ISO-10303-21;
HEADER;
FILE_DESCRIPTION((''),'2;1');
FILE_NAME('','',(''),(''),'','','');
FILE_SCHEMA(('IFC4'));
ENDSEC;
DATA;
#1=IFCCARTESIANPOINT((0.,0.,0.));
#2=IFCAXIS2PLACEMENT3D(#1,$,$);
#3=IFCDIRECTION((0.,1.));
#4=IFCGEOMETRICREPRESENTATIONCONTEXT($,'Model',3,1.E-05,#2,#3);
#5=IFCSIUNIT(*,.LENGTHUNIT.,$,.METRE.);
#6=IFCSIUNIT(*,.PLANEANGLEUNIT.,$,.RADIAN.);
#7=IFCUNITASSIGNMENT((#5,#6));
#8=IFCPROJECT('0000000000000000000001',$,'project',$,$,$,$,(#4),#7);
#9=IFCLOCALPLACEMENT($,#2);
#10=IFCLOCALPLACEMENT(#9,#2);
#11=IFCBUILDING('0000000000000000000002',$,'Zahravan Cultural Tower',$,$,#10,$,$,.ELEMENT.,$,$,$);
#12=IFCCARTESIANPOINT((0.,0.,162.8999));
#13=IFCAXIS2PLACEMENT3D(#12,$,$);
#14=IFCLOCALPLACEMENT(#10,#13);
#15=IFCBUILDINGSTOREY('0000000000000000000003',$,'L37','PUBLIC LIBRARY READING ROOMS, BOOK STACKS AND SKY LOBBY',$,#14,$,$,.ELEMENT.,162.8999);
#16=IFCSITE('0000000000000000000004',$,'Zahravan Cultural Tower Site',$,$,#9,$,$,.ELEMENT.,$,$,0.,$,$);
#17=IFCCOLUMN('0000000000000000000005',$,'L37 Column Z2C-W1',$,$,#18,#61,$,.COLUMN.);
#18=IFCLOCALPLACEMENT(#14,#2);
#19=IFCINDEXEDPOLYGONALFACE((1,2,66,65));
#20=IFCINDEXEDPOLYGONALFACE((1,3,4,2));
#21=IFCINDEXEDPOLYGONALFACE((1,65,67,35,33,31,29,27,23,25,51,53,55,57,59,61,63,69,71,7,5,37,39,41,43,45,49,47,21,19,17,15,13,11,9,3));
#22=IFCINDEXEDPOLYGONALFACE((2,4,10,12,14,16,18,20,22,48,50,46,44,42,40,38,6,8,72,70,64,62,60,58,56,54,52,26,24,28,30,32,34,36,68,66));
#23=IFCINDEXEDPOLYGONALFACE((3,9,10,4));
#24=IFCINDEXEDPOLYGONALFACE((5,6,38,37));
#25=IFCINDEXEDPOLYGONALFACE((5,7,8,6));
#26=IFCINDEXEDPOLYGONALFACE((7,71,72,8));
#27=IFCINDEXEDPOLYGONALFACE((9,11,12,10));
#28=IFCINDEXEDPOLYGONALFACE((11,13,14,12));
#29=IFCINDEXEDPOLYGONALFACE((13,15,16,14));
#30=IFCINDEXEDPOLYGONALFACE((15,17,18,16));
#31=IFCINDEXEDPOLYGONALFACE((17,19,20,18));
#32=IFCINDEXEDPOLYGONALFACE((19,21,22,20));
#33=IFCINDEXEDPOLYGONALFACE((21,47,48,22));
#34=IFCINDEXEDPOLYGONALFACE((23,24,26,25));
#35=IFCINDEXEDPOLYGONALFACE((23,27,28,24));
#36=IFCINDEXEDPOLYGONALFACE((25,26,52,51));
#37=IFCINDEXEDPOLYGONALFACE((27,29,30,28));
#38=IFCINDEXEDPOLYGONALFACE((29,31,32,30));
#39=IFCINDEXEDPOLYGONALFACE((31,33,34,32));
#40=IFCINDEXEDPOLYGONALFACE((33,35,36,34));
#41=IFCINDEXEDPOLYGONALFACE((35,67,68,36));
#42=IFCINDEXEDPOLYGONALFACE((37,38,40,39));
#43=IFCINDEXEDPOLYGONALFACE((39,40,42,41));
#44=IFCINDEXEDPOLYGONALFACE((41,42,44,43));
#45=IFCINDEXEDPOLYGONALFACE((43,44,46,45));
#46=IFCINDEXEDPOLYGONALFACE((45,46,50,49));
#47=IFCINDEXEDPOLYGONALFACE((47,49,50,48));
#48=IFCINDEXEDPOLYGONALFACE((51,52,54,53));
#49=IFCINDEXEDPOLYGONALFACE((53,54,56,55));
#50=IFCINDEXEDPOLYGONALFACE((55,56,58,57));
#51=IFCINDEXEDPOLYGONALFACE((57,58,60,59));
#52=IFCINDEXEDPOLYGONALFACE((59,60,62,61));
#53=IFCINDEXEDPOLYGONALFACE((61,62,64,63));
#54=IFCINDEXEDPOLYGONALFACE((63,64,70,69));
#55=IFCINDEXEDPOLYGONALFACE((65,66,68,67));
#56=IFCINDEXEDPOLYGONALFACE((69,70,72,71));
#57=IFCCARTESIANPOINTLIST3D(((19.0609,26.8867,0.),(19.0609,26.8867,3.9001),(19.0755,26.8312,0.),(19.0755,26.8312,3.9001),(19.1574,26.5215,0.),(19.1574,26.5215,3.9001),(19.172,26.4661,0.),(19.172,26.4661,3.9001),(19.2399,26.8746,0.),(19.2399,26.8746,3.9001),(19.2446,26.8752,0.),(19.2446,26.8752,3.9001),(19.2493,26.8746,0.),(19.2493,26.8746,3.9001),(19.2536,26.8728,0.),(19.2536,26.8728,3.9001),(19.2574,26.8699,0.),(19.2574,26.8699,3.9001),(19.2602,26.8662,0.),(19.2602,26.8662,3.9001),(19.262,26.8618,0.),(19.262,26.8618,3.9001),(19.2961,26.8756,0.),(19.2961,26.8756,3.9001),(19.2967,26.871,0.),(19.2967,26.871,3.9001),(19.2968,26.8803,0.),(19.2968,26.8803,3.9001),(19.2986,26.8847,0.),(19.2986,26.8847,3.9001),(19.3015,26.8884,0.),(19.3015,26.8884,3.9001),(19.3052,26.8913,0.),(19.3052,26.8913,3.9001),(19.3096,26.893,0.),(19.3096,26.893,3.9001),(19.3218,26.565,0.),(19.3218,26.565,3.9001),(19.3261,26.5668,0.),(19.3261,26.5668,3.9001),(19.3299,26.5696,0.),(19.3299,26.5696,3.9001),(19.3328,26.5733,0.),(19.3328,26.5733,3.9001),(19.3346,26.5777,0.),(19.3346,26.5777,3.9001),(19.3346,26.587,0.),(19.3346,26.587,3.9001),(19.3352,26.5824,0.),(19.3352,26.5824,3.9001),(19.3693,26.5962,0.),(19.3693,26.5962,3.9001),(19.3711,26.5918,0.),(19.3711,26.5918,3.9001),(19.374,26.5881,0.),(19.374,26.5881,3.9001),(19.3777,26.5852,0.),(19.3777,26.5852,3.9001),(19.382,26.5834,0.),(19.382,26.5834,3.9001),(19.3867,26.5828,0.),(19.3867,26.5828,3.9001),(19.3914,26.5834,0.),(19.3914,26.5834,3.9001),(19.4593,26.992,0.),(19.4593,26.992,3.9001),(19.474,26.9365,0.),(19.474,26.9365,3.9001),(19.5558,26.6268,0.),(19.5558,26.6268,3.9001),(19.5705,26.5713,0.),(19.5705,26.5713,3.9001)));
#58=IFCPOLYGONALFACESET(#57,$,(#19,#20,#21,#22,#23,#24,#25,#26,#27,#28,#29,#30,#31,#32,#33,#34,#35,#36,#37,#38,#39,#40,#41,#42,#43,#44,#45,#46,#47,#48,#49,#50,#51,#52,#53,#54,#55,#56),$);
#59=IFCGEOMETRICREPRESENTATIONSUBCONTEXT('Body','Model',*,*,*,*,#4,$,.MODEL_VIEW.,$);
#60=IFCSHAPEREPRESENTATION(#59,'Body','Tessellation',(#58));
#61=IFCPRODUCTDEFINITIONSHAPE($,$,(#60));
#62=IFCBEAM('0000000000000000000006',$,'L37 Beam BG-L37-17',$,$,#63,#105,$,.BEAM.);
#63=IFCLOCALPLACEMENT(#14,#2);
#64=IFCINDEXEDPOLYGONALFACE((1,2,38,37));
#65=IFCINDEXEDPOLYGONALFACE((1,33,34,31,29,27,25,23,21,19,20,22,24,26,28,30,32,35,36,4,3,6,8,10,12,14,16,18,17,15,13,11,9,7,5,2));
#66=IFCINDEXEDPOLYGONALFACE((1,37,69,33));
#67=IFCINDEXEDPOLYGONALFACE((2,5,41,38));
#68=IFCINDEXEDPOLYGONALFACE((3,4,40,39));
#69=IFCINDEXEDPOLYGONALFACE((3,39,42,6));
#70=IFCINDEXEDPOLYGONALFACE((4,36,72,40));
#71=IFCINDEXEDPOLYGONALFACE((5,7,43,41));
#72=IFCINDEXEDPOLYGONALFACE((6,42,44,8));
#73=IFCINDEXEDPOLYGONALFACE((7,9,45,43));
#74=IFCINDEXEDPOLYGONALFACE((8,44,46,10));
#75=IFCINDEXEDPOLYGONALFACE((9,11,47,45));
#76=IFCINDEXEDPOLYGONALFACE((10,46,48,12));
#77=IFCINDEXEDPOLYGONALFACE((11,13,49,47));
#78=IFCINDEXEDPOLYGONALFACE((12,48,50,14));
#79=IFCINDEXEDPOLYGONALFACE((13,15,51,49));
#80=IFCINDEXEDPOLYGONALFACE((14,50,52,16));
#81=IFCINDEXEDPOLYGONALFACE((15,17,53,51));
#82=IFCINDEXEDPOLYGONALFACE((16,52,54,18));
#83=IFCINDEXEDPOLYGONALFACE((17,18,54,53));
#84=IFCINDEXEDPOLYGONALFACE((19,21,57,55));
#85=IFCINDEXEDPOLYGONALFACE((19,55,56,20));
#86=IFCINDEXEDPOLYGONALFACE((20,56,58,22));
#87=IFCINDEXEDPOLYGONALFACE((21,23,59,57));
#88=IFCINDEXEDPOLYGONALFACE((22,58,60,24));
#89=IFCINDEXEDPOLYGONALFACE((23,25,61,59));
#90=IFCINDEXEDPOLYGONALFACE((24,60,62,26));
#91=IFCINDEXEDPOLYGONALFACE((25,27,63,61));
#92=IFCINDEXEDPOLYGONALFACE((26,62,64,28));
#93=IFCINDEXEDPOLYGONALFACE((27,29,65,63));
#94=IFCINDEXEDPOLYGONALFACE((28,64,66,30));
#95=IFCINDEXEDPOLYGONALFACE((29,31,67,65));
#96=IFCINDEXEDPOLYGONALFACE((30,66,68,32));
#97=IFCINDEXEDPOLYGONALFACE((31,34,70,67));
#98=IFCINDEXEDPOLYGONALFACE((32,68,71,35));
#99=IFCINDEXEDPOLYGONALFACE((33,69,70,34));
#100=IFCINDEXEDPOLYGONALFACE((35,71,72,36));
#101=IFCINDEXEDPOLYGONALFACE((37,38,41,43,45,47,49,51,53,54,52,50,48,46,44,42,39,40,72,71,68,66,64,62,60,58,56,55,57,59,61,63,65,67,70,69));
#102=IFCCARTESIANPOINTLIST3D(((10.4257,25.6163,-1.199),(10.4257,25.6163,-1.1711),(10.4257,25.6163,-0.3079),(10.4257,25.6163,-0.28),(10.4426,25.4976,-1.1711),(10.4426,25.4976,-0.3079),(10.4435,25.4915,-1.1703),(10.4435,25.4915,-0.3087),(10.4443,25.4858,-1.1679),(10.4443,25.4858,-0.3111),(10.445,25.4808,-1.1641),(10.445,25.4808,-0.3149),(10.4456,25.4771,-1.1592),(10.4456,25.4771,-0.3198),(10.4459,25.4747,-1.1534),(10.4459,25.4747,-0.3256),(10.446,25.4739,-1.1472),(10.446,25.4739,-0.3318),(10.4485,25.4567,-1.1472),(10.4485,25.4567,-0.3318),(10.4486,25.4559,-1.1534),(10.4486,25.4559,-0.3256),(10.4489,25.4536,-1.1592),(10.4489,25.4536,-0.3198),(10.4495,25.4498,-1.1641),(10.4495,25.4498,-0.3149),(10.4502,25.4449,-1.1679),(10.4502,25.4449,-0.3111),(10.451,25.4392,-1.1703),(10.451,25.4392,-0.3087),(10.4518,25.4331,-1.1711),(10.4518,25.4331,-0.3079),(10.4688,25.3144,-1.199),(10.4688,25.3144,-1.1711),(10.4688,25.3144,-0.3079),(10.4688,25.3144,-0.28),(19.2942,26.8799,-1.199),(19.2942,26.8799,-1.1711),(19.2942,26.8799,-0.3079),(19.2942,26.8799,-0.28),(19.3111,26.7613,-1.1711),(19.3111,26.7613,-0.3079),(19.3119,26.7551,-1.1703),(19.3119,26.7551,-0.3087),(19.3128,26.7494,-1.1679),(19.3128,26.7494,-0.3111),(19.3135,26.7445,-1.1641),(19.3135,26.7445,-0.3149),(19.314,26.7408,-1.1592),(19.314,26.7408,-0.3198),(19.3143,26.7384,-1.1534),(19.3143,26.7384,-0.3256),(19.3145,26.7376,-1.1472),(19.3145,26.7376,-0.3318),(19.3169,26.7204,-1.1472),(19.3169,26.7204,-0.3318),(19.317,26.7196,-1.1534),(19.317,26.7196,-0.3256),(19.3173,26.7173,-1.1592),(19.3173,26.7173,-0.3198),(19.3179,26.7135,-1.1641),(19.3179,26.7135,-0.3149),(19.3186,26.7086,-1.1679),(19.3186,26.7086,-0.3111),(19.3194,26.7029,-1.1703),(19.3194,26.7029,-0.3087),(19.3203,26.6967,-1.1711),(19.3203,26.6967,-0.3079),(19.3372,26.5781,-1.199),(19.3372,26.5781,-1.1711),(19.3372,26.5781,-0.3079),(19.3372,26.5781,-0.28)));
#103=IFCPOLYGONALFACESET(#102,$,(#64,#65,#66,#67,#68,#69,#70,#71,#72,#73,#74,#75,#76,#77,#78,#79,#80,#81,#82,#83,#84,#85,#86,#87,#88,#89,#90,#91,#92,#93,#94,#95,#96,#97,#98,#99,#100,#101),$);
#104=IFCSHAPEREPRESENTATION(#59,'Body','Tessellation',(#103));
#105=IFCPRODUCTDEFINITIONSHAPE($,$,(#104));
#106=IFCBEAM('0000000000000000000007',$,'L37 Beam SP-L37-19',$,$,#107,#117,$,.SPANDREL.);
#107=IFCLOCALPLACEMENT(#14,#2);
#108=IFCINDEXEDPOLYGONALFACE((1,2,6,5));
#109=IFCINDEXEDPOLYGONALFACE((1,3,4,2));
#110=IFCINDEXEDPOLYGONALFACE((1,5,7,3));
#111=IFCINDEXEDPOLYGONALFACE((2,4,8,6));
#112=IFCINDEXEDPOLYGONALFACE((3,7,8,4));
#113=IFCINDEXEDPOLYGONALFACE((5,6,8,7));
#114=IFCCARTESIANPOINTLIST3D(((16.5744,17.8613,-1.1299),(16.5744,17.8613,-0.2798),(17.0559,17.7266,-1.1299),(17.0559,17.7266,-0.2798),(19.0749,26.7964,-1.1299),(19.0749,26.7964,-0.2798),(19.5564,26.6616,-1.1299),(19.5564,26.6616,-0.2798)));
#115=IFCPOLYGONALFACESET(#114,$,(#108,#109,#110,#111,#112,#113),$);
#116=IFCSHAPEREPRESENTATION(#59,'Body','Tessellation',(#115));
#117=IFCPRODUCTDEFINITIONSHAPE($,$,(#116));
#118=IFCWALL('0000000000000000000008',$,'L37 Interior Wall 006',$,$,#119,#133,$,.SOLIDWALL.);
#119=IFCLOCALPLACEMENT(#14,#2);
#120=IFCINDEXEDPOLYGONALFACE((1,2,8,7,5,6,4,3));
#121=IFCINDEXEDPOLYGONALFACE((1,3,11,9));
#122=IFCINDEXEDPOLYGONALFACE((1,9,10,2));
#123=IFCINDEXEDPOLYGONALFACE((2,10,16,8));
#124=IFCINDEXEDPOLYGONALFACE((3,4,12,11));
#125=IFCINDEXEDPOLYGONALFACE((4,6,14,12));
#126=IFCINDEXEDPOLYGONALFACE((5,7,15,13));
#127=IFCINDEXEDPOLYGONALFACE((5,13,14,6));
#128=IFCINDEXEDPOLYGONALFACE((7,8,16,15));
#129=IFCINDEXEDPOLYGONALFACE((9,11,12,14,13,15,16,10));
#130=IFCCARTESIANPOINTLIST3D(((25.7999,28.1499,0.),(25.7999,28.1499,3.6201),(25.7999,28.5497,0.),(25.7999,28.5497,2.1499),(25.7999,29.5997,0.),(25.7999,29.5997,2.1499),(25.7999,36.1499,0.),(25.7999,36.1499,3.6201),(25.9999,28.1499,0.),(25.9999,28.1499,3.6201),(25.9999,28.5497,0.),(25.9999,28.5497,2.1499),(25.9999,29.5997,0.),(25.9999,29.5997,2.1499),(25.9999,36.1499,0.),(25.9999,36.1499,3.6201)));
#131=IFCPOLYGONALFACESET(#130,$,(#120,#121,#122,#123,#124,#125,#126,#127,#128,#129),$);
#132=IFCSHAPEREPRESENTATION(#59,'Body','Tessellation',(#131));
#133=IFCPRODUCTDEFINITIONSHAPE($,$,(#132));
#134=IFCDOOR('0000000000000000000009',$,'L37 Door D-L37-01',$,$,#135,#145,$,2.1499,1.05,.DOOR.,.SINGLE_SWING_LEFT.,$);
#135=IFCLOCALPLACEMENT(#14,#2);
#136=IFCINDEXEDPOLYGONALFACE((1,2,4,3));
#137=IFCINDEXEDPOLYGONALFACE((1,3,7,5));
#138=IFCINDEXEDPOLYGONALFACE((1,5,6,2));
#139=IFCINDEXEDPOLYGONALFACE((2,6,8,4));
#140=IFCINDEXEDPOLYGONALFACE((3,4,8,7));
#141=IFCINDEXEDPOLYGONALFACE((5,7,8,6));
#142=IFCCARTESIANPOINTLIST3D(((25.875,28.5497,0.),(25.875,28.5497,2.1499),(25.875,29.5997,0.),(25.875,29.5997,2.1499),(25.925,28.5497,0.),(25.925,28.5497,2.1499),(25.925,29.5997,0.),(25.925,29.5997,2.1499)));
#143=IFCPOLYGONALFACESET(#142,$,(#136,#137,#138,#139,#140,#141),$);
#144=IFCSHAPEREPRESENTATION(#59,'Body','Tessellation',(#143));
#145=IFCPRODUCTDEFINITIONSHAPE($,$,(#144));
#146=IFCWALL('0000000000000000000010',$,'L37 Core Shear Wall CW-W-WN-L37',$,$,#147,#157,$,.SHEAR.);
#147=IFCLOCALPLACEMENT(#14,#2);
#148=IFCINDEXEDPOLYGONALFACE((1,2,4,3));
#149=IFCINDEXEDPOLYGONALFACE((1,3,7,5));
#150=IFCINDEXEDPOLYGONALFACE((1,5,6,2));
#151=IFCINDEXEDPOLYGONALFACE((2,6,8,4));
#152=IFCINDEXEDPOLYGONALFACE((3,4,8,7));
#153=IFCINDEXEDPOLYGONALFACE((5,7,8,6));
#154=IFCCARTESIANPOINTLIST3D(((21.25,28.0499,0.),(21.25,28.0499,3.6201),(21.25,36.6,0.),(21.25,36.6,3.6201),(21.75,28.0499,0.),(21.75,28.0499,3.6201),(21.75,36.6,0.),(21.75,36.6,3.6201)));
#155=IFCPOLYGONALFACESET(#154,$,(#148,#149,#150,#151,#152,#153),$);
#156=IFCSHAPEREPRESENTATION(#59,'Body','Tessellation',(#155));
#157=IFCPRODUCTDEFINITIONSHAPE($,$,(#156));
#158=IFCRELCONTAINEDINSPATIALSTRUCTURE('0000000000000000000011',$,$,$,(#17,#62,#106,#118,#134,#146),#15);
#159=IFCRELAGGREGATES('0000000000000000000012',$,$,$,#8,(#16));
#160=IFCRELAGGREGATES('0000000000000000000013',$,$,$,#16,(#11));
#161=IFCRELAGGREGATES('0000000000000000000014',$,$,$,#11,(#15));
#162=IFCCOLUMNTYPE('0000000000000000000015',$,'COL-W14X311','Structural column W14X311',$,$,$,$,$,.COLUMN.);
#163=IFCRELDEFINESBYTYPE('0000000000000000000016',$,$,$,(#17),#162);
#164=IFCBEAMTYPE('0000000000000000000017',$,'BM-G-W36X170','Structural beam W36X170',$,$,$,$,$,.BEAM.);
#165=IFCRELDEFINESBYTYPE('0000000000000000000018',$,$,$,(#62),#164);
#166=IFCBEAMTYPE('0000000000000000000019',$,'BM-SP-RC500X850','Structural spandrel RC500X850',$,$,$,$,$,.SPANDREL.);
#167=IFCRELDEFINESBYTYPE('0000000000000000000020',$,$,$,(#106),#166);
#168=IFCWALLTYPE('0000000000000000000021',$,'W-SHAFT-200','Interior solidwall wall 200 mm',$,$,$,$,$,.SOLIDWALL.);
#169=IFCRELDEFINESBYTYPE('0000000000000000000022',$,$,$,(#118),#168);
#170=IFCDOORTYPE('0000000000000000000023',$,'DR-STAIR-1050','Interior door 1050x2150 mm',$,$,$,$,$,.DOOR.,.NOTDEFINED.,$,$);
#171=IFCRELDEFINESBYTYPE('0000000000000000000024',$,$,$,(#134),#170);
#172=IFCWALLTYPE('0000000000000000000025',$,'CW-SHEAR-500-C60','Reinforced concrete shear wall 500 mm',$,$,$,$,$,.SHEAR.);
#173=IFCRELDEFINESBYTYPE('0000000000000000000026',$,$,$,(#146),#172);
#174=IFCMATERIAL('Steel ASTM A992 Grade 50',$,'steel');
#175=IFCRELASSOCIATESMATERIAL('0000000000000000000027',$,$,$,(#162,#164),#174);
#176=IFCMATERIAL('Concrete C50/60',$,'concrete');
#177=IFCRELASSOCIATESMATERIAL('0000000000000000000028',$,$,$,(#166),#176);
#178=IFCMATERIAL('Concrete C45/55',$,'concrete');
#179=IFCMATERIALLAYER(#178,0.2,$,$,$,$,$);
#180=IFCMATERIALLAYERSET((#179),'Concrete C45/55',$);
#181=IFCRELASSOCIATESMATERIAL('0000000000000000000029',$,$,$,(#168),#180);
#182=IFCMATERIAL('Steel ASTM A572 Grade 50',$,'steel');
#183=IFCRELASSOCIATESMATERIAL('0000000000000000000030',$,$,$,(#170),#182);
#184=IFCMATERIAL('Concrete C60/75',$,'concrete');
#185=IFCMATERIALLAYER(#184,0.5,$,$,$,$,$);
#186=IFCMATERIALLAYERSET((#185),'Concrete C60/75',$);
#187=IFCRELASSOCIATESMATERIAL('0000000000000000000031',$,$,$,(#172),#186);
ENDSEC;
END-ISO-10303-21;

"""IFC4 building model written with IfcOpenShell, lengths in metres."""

from ifc_helpers import new_model, si_unit, direction, frame, frame_2d, origin, origin_2d, place, context, subcontext, project, spatial, rectangle, i_section, extrude, source, transform, mapped, material, layer, layer_set, material_profile, profile_set, type_object, element, fill, save


model = new_model("IFC4")

# Units and contexts
model_context = context("Model", 3, precision=1e-05, world=origin(), true_north=direction((0.0, 1.0)))
body_context = subcontext(model_context, "Body", "Model", "MODEL_VIEW")
ifc_project = project(units=[si_unit("LENGTHUNIT", "METRE"), si_unit("PLANEANGLEUNIT", "RADIAN")], contexts=[model_context])

# Site, building, storey
site_placement = place(None, origin())
site = spatial("IfcSite", under=ifc_project, at=site_placement, Name="Zahravan Cultural Tower Site", CompositionType="ELEMENT", RefElevation=0.0)
building_placement = place(site_placement, origin())
building = spatial("IfcBuilding", under=site, at=building_placement, Name="Zahravan Cultural Tower", CompositionType="ELEMENT")
storey_placement = place(building_placement, frame((0.0, 0.0, 162.8999)))
storey = spatial("IfcBuildingStorey", under=building, at=storey_placement, Name="L37", Description="PUBLIC LIBRARY READING ROOMS, BOOK STACKS AND SKY LOBBY", CompositionType="ELEMENT", Elevation=162.8999)

# Column
ifc_material_1 = material(Name="Steel ASTM A992 Grade 50", Category="steel")
ifc_material_profile_1 = material_profile(ifc_material_1, i_section(OverallWidth=0.4121, OverallDepth=0.4351, WebThickness=0.0359, FlangeThickness=0.0574, FilletRadius=0.0181, at=origin_2d()), Name="W14X311")
ifc_profile_set_1 = profile_set([ifc_material_profile_1], Name="Steel ASTM A992 Grade 50")
column_type = type_object("IfcColumnType", Name="COL-W14X311", Description="Structural column W14X311", PredefinedType="COLUMN", material=ifc_profile_set_1)
shared_shape_1 = source(origin(), body_context, "Body", "SweptSolid", [
    extrude(i_section(OverallWidth=0.4121, OverallDepth=0.4351, WebThickness=0.0359, FlangeThickness=0.0574, FilletRadius=0.0181, at=origin_2d()), origin(), (0.0, 0.0, 1.0), 3.9001),
])
column_placement = place(storey_placement, frame((19.3157, 26.729, 0.0), z_axis=(0.0, 0.0, 1.0), x_axis=(0.966823, 0.255446, 0.0)))
element("IfcColumn", 1, at=column_placement, inside=storey, type_object=column_type, Name="L37 Column Z2C-W1", PredefinedType="COLUMN", context=body_context, shape_type="MappedRepresentation", body=[
    mapped(shared_shape_1, transform((0.0, 0.0, 0.0), x_axis=(1.0, 0.0, 0.0), y_axis=(0.0, 1.0, 0.0), z_axis=(0.0, 0.0, 1.0), scale=1.0)),
])

# Beams
ifc_material_profile_2 = material_profile(ifc_material_1, i_section(OverallWidth=0.3049, OverallDepth=0.9189, WebThickness=0.0173, FlangeThickness=0.0278, FilletRadius=0.0239, at=origin_2d()), Name="W36X170")
ifc_profile_set_2 = profile_set([ifc_material_profile_2], Name="Steel ASTM A992 Grade 50")
beam_type_1 = type_object("IfcBeamType", Name="BM-G-W36X170", Description="Structural beam W36X170", PredefinedType="BEAM", material=ifc_profile_set_2)
shared_shape_2 = source(origin(), body_context, "Body", "SweptSolid", [
    extrude(i_section(OverallWidth=0.3049, OverallDepth=0.9189, WebThickness=0.0173, FlangeThickness=0.0278, FilletRadius=0.0239, at=origin_2d()), origin(), (0.0, 0.0, 1.0), 8.958),
])
beam_1_placement = place(storey_placement, frame((19.3157, 26.729, -0.7395), z_axis=(-0.99, -0.141067, 0.0), x_axis=(0.141067, -0.99, 0.0)))
element("IfcBeam", 2, at=beam_1_placement, inside=storey, type_object=beam_type_1, Name="L37 Beam BG-L37-17", PredefinedType="BEAM", context=body_context, shape_type="MappedRepresentation", body=[
    mapped(shared_shape_2, transform((0.0, 0.0, 0.0), x_axis=(1.0, 0.0, 0.0), y_axis=(0.0, 1.0, 0.0), z_axis=(0.0, 0.0, 1.0), scale=1.0)),
])
ifc_material_2 = material(Name="Concrete C50/60", Category="concrete")
ifc_material_profile_3 = material_profile(ifc_material_2, rectangle(XDim=0.5, YDim=0.8501, at=origin_2d()), Name="RC500X850")
ifc_profile_set_3 = profile_set([ifc_material_profile_3], Name="Concrete C50/60")
beam_type_2 = type_object("IfcBeamType", Name="BM-SP-RC500X850", Description="Structural spandrel RC500X850", PredefinedType="SPANDREL", material=ifc_profile_set_3)
shared_shape_3 = source(origin(), body_context, "Body", "SweptSolid", [
    extrude(rectangle(XDim=0.5, YDim=0.8501, at=origin_2d()), origin(), (0.0, 0.0, 1.0), 9.2783),
])
beam_2_placement = place(storey_placement, frame((19.3157, 26.729, -0.7048), z_axis=(-0.269497, -0.963001, 0.0), x_axis=(0.963001, -0.269497, 0.0)))
element("IfcBeam", 3, at=beam_2_placement, inside=storey, type_object=beam_type_2, Name="L37 Beam SP-L37-19", PredefinedType="SPANDREL", context=body_context, shape_type="MappedRepresentation", body=[
    mapped(shared_shape_3, transform((0.0, 0.0, 0.0), x_axis=(1.0, 0.0, 0.0), y_axis=(0.0, 1.0, 0.0), z_axis=(0.0, 0.0, 1.0), scale=1.0)),
])

# Wall, opening, door
ifc_material_3 = material(Name="Concrete C45/55", Category="concrete")
ifc_layer_1 = layer(ifc_material_3, 0.2)
ifc_layer_set_1 = layer_set([ifc_layer_1], Name="Concrete C45/55")
wall_type_1 = type_object("IfcWallType", Name="W-SHAFT-200", Description="Interior solidwall wall 200 mm", PredefinedType="SOLIDWALL", material=ifc_layer_set_1)
wall_1_placement = place(storey_placement, frame((25.8999, 28.1499, 0.0), z_axis=(0.0, 0.0, 1.0), x_axis=(0.0, 1.0, 0.0)))
wall_1 = element("IfcWall", 4, at=wall_1_placement, inside=storey, type_object=wall_type_1, Name="L37 Interior Wall 006", PredefinedType="SOLIDWALL", context=body_context, shape_type="SweptSolid", body=[
    extrude(rectangle(XDim=8.0, YDim=0.2, at=frame_2d((4.0, 0.0))), origin(), (0.0, 0.0, 1.0), 3.6201),
])
opening_placement = place(wall_1_placement, frame((0.3999, 0.0, 0.0)))
opening = element("IfcOpeningElement", 5, at=opening_placement, cuts=wall_1, PredefinedType="OPENING", context=body_context, shape_type="SweptSolid", body=[
    extrude(rectangle(XDim=1.05, YDim=2.1499, at=frame_2d((0.5249, 1.075))), frame((0.0, 0.1099, 0.0), z_axis=(0.0, -1.0, 0.0), x_axis=(1.0, 0.0, 0.0)), (0.0, 0.0, 1.0), 0.22),
])
ifc_material_4 = material(Name="Steel ASTM A572 Grade 50", Category="steel")
door_type = type_object("IfcDoorType", Name="DR-STAIR-1050", Description="Interior door 1050x2150 mm", OperationType="NOTDEFINED", PredefinedType="DOOR", material=ifc_material_4)
shared_shape_4 = source(origin(), body_context, "Body", "SweptSolid", [
    extrude(rectangle(XDim=1.05, YDim=2.1499, at=frame_2d((0.5249, 1.075))), frame((0.0, 0.0249, 0.0), z_axis=(0.0, -1.0, 0.0), x_axis=(1.0, 0.0, 0.0)), (0.0, 0.0, 1.0), 0.05),
])
door_placement = place(opening_placement, origin())
door = element("IfcDoor", 6, at=door_placement, inside=storey, type_object=door_type, Name="L37 Door D-L37-01", OperationType="SINGLE_SWING_LEFT", OverallHeight=2.1499, OverallWidth=1.05, PredefinedType="DOOR", context=body_context, shape_type="MappedRepresentation", body=[
    mapped(shared_shape_4, transform((0.0, 0.0, 0.0), x_axis=(1.0, 0.0, 0.0), y_axis=(0.0, 1.0, 0.0), z_axis=(0.0, 0.0, 1.0), scale=1.0)),
])
fill(opening, door)

# Wall
ifc_material_5 = material(Name="Concrete C60/75", Category="concrete")
ifc_layer_2 = layer(ifc_material_5, 0.5)
ifc_layer_set_2 = layer_set([ifc_layer_2], Name="Concrete C60/75")
wall_type_2 = type_object("IfcWallType", Name="CW-SHEAR-500-C60", Description="Reinforced concrete shear wall 500 mm", PredefinedType="SHEAR", material=ifc_layer_set_2)
shared_shape_5 = source(origin(), body_context, "Body", "SweptSolid", [
    extrude(rectangle(XDim=8.55, YDim=0.5, at=frame_2d((4.2749, 0.0))), origin(), (0.0, 0.0, 1.0), 3.6201),
])
wall_2_placement = place(storey_placement, frame((21.5, 28.05, 0.0), z_axis=(0.0, 0.0, 1.0), x_axis=(0.0, 1.0, 0.0)))
element("IfcWall", 7, at=wall_2_placement, inside=storey, type_object=wall_type_2, Name="L37 Core Shear Wall CW-W-WN-L37", PredefinedType="SHEAR", context=body_context, shape_type="MappedRepresentation", body=[
    mapped(shared_shape_5, transform((0.0, 0.0, 0.0), x_axis=(1.0, 0.0, 0.0), y_axis=(0.0, 1.0, 0.0), z_axis=(0.0, 0.0, 1.0), scale=1.0)),
])

save(model, "model.ifc")
